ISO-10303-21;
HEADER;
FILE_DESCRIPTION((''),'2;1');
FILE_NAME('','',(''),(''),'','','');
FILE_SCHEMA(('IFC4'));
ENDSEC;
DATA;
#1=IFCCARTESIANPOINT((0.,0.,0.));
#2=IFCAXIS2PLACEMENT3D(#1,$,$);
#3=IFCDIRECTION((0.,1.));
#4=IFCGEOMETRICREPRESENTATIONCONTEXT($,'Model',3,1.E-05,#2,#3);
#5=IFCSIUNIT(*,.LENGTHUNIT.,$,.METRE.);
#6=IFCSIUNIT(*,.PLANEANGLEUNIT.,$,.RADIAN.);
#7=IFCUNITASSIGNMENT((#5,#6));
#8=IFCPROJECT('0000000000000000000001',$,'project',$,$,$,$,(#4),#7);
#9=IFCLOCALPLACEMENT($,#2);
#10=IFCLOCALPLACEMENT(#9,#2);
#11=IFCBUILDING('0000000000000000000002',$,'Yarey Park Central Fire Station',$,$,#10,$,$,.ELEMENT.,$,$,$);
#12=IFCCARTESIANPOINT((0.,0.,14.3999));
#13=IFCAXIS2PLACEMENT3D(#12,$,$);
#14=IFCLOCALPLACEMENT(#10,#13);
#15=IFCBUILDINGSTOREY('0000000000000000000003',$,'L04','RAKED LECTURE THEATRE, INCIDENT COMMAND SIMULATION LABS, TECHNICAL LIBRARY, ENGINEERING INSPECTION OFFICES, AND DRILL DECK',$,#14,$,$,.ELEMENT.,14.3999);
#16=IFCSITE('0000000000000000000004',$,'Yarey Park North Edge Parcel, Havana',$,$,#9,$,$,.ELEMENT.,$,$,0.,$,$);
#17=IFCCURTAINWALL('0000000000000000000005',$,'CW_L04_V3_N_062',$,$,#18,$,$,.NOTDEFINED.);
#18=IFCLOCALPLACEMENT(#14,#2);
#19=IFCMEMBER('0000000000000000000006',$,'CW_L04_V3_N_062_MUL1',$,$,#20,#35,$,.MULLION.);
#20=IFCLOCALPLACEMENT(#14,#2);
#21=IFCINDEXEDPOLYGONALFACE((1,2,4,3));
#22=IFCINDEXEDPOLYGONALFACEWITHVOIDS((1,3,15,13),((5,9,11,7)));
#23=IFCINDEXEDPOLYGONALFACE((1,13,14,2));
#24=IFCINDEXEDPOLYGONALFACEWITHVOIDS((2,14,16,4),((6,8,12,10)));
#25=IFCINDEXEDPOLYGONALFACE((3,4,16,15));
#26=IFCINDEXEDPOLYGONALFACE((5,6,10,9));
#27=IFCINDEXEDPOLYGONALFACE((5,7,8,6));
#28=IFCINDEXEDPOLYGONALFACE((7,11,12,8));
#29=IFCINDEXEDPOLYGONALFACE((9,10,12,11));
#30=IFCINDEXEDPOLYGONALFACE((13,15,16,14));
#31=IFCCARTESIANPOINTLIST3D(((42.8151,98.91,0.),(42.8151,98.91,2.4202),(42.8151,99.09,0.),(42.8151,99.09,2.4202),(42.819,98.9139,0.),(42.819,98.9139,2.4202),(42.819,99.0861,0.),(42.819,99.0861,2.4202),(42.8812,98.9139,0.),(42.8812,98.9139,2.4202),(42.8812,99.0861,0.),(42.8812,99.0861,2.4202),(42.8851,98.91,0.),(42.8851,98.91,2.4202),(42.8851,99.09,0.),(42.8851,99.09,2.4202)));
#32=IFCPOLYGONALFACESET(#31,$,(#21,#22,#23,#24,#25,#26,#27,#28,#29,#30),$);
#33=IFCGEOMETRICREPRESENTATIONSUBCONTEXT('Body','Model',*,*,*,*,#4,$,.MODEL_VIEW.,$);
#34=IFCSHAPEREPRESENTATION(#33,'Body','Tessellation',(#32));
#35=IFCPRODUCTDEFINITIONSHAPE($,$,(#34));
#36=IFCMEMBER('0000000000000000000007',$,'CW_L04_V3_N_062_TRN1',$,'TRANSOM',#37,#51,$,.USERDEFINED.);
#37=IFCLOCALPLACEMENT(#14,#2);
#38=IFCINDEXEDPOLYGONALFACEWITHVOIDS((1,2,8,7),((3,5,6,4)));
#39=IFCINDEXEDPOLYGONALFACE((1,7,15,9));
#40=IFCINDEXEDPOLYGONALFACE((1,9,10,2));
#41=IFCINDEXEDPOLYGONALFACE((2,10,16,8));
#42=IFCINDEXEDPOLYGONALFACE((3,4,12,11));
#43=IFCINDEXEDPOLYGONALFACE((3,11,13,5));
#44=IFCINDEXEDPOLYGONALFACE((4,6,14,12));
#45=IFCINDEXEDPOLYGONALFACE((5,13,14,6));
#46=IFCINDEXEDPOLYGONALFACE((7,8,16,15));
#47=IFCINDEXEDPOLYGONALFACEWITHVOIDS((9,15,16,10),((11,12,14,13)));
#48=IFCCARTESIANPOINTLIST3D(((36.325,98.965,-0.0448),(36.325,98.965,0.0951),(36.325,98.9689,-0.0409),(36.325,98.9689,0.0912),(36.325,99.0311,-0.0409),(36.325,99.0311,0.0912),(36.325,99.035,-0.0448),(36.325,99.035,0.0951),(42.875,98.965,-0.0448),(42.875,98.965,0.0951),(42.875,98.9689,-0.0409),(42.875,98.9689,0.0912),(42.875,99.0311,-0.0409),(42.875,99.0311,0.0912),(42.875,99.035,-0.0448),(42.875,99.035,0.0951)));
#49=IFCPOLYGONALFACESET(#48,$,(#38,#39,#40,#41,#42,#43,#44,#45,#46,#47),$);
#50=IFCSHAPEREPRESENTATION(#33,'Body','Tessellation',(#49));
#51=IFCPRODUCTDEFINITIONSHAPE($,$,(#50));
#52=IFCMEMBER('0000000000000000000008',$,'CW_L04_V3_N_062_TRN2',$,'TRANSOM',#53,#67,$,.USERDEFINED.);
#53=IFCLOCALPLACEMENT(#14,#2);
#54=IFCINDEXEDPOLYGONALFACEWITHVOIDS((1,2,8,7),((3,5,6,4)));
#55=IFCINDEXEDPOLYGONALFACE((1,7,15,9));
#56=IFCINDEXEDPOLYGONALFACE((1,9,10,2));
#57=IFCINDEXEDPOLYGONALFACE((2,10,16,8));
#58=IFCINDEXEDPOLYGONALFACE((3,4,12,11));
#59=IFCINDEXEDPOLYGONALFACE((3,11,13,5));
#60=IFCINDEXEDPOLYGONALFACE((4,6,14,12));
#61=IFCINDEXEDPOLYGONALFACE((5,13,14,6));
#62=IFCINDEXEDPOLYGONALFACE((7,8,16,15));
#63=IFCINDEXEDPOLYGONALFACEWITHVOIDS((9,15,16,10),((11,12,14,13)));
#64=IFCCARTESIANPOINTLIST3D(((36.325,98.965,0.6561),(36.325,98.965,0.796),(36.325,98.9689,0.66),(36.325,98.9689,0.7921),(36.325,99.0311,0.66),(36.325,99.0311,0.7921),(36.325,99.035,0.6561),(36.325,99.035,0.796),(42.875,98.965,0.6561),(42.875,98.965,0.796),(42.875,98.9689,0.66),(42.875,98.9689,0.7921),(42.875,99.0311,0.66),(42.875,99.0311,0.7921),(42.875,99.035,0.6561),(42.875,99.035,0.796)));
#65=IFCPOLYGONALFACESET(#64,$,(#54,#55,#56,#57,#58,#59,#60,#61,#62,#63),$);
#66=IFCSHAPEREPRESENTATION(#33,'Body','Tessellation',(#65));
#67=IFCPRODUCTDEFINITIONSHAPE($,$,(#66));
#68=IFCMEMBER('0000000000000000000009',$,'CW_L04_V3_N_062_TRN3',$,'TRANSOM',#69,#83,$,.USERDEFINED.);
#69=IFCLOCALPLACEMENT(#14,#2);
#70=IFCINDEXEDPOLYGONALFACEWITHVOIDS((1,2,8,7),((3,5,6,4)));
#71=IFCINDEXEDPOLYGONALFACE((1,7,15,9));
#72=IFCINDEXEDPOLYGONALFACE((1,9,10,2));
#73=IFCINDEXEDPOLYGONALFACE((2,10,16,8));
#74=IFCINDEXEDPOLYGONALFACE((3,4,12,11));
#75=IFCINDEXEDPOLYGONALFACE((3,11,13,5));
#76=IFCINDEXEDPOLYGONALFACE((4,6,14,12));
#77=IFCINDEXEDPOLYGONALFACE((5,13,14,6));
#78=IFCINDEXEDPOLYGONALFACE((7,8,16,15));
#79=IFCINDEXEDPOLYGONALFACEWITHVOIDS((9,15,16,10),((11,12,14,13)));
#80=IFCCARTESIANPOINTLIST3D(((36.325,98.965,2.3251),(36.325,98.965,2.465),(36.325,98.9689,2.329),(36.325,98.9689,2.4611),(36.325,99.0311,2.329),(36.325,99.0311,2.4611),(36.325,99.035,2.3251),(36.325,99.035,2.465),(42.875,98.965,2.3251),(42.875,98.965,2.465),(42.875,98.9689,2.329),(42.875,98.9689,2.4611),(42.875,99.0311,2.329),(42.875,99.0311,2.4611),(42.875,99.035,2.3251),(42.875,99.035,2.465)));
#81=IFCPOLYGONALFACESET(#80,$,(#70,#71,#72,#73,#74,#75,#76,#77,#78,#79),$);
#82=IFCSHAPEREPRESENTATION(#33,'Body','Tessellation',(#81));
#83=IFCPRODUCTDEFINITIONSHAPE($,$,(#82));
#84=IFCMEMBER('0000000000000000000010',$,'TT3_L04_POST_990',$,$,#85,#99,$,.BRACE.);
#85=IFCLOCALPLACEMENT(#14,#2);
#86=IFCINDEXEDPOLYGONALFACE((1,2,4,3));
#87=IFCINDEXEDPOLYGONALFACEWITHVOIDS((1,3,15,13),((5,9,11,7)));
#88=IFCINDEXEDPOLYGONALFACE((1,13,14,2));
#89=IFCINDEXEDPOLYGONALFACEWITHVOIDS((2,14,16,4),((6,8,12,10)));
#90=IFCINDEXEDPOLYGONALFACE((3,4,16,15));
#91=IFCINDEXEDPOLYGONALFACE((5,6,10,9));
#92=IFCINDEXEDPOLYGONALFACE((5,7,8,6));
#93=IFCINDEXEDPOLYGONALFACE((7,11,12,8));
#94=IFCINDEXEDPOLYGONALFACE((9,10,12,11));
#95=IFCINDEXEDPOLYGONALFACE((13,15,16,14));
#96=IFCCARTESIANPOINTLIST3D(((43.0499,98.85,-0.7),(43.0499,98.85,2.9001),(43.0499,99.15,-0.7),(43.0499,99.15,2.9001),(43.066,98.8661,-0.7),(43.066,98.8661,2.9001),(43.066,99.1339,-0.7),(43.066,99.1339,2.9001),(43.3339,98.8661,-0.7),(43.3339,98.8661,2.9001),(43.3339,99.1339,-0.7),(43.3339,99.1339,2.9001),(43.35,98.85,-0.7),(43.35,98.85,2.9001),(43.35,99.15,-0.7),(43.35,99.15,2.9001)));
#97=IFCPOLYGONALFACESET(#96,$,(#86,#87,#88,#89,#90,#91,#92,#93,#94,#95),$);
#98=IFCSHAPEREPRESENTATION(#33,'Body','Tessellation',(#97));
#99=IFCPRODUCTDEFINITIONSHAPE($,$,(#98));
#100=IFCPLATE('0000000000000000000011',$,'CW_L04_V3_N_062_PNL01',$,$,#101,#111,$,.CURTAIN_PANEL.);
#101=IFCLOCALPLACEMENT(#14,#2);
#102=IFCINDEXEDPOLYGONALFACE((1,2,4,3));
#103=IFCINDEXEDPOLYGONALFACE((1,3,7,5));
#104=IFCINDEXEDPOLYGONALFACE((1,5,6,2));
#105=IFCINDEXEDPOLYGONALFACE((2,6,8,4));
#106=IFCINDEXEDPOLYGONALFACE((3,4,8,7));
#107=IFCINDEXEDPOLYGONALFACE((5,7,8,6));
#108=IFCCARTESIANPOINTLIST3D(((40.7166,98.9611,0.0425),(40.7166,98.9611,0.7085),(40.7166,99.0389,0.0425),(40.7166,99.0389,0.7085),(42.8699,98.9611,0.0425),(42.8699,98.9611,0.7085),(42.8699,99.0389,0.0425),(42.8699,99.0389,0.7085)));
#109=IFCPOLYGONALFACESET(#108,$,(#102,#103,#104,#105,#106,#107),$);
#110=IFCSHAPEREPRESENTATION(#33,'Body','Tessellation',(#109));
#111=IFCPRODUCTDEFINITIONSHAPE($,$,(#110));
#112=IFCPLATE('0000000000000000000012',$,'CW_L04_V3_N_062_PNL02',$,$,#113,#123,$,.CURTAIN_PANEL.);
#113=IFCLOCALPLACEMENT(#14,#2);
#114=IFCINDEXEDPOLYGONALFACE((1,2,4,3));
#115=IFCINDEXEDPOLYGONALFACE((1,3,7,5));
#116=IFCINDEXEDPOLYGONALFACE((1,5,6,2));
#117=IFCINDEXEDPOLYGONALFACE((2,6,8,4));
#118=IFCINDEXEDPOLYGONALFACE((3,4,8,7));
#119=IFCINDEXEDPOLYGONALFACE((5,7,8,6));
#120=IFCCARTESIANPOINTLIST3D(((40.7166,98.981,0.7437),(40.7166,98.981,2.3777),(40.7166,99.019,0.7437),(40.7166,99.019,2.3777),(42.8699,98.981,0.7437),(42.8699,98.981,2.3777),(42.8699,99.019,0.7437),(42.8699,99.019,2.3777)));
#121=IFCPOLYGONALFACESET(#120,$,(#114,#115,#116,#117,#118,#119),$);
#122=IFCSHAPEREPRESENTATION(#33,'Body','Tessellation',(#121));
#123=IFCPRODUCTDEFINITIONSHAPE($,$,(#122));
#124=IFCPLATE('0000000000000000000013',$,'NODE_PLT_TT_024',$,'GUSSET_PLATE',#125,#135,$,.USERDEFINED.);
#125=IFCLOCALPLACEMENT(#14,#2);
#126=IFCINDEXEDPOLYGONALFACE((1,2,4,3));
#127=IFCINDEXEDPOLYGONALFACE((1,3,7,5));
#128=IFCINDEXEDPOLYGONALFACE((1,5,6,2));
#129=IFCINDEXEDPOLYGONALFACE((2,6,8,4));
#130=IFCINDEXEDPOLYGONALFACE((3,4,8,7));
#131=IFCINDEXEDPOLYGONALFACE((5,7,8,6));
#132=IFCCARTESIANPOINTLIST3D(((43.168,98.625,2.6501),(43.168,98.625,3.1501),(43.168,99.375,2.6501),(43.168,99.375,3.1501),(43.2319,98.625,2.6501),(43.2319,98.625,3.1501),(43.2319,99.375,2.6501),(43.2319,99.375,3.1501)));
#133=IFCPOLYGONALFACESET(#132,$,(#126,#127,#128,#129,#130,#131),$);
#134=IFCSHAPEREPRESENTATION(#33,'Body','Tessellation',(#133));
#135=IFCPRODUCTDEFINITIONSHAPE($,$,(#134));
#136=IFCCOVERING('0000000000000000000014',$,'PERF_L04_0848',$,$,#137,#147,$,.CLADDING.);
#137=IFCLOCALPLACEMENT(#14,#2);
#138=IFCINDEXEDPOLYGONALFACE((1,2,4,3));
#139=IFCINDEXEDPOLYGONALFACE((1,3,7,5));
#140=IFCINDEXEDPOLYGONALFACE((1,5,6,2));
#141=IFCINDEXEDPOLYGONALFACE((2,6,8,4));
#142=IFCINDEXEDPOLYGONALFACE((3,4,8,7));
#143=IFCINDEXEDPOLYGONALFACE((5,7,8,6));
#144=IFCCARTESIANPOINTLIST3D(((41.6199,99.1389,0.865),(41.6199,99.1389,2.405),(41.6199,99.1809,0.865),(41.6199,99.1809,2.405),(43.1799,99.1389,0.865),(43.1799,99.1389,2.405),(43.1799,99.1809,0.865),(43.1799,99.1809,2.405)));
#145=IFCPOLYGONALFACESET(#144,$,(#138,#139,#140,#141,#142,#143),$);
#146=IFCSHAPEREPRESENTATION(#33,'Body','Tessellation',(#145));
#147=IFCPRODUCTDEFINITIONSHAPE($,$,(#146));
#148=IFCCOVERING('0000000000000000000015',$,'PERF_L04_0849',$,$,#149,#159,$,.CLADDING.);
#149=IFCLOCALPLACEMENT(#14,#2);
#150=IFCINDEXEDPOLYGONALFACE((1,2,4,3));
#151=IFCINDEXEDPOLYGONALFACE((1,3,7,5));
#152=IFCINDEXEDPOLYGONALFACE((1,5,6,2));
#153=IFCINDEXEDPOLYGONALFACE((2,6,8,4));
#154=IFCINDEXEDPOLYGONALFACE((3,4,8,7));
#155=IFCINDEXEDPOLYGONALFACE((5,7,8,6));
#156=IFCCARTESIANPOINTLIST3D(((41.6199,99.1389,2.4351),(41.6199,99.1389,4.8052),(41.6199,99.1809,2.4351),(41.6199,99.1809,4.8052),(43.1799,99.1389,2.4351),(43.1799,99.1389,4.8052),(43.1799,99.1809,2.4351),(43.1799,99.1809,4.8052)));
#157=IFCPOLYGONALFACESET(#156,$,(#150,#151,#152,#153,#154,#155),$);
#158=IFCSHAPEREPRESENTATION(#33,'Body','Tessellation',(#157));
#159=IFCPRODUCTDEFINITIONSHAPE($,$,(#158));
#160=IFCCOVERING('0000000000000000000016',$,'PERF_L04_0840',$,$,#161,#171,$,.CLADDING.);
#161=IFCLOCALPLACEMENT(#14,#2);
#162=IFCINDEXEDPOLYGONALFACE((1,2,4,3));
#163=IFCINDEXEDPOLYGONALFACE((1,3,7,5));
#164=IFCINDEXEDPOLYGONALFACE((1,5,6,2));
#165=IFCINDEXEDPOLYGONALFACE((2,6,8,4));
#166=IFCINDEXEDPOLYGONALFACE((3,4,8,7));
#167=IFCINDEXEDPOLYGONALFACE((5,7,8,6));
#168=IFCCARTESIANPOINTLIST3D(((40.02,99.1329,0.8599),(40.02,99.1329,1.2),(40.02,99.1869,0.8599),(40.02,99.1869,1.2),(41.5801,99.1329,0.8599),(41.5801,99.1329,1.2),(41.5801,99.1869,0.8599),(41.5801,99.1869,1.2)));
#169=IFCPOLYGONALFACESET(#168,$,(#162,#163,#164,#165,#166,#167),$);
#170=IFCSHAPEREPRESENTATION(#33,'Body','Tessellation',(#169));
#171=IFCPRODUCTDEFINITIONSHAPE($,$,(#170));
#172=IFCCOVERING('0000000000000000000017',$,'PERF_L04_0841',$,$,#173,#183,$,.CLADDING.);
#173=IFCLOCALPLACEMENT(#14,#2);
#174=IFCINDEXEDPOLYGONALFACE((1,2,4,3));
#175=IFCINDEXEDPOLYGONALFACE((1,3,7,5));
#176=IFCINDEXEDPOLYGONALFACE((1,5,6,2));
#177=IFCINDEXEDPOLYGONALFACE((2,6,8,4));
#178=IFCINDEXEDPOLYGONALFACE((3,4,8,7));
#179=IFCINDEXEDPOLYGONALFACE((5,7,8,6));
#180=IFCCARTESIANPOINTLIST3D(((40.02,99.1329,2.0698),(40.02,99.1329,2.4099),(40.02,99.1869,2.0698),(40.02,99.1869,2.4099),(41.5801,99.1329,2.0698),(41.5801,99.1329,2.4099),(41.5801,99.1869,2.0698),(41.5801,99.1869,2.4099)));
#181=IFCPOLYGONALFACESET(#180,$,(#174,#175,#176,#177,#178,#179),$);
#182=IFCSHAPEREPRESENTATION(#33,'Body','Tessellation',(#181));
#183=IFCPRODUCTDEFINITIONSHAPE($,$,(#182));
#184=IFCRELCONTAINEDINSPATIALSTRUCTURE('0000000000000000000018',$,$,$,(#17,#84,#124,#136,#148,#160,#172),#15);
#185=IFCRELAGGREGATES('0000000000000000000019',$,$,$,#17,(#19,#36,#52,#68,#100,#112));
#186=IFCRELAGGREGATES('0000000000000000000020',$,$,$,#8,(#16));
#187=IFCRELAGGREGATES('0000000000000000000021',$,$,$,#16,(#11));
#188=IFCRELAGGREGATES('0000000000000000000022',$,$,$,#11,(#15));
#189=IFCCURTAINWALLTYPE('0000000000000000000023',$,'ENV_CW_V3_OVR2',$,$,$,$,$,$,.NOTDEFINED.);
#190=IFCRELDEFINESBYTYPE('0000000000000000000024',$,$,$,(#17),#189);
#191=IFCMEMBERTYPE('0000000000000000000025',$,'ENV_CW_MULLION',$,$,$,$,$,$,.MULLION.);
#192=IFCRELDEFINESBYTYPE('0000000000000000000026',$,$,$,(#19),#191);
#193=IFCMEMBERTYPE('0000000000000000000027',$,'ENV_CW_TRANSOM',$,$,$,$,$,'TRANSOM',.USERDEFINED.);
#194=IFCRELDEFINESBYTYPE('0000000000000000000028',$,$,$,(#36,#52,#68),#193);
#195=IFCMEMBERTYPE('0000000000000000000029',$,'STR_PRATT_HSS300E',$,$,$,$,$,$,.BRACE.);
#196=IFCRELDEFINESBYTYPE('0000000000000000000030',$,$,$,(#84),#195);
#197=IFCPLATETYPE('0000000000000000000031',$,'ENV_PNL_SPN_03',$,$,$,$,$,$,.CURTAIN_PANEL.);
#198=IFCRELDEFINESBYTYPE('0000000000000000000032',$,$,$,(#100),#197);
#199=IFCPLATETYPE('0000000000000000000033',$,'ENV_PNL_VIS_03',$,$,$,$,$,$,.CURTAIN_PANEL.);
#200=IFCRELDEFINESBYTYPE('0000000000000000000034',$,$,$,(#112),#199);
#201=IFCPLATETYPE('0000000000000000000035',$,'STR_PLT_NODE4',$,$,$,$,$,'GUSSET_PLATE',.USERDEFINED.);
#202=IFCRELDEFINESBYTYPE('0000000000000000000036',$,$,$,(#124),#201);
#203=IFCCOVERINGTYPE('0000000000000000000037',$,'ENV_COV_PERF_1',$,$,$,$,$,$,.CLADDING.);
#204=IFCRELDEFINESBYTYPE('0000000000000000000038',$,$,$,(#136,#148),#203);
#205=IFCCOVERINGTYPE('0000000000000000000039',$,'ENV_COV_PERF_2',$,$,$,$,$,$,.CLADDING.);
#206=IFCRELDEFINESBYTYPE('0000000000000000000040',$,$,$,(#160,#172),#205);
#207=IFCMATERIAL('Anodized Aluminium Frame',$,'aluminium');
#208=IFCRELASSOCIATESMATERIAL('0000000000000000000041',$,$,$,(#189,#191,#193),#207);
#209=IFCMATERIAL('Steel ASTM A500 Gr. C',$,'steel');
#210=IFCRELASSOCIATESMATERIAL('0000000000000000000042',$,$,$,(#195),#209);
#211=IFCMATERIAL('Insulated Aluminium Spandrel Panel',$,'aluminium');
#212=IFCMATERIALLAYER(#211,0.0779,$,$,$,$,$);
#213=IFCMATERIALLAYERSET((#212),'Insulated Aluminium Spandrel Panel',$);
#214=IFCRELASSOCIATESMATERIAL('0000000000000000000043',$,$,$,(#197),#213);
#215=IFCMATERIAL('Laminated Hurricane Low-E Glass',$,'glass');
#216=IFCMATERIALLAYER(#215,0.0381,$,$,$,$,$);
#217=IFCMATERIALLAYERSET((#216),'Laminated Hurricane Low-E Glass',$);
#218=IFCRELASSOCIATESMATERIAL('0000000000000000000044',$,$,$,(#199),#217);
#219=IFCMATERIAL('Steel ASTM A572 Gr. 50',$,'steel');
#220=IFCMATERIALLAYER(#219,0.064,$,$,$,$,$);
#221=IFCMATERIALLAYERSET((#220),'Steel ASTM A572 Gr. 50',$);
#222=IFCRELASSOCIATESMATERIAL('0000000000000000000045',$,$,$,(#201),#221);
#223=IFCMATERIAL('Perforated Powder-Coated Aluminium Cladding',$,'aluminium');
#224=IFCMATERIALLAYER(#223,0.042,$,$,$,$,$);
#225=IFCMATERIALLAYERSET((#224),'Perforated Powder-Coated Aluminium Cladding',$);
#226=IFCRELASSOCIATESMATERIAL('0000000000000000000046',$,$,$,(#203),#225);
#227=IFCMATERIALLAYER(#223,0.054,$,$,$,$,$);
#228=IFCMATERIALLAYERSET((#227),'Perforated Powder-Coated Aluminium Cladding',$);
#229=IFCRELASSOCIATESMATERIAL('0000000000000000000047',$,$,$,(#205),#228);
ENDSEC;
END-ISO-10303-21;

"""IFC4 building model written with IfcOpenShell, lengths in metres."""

from ifc_helpers import new_model, si_unit, direction, frame, origin, origin_2d, place, context, subcontext, project, spatial, rectangle, hollow_rectangle, extrude, material, layer, layer_set, material_profile, profile_set, type_object, element, aggregate, save


model = new_model("IFC4")

# Units and contexts
model_context = context("Model", 3, precision=1e-05, world=origin(), true_north=direction((0.0, 1.0)))
body_context = subcontext(model_context, "Body", "Model", "MODEL_VIEW")
ifc_project = project(units=[si_unit("LENGTHUNIT", "METRE"), si_unit("PLANEANGLEUNIT", "RADIAN")], contexts=[model_context])

# Site, building, storey
site_placement = place(None, origin())
site = spatial("IfcSite", under=ifc_project, at=site_placement, Name="Yarey Park North Edge Parcel, Havana", CompositionType="ELEMENT", RefElevation=0.0)
building_placement = place(site_placement, origin())
building = spatial("IfcBuilding", under=site, at=building_placement, Name="Yarey Park Central Fire Station", CompositionType="ELEMENT")
storey_placement = place(building_placement, frame((0.0, 0.0, 14.3999)))
storey = spatial("IfcBuildingStorey", under=building, at=storey_placement, Name="L04", Description="RAKED LECTURE THEATRE, INCIDENT COMMAND SIMULATION LABS, TECHNICAL LIBRARY, ENGINEERING INSPECTION OFFICES, AND DRILL DECK", CompositionType="ELEMENT", Elevation=14.3999)

# Curtain wall, members
ifc_material_1 = material(Name="Anodized Aluminium Frame", Category="aluminium")
curtain_wall_type = type_object("IfcCurtainWallType", Name="ENV_CW_V3_OVR2", PredefinedType="NOTDEFINED", material=ifc_material_1)
curtain_wall_placement = place(storey_placement, origin())
curtain_wall = element("IfcCurtainWall", 1, at=curtain_wall_placement, inside=storey, type_object=curtain_wall_type, Name="CW_L04_V3_N_062", PredefinedType="NOTDEFINED")
ifc_material_profile_1 = material_profile(ifc_material_1, hollow_rectangle(XDim=0.0701, YDim=0.1799, WallThickness=0.0039, at=origin_2d()), Name="ALU 180x70x4")
ifc_profile_set_1 = profile_set([ifc_material_profile_1], Name="Anodized Aluminium Frame")
member_type_1 = type_object("IfcMemberType", Name="ENV_CW_MULLION", PredefinedType="MULLION", material=ifc_profile_set_1)
member_1_placement = place(storey_placement, frame((42.8501, 99.0, 0.0), z_axis=(0.0, 0.0, 1.0), x_axis=(1.0, 0.0, 0.0)))
member_1 = element("IfcMember", 2, at=member_1_placement, type_object=member_type_1, Name="CW_L04_V3_N_062_MUL1", PredefinedType="MULLION", context=body_context, shape_type="SweptSolid", body=[
    extrude(hollow_rectangle(XDim=0.0701, YDim=0.1799, WallThickness=0.0039, at=origin_2d()), origin(), (0.0, 0.0, 1.0), 2.4202),
])
ifc_material_profile_2 = material_profile(ifc_material_1, hollow_rectangle(XDim=0.0701, YDim=0.1399, WallThickness=0.0039, at=origin_2d()), Name="ALU 140x70x4")
ifc_profile_set_2 = profile_set([ifc_material_profile_2], Name="Anodized Aluminium Frame")
member_type_2 = type_object("IfcMemberType", Name="ENV_CW_TRANSOM", ElementType="TRANSOM", PredefinedType="USERDEFINED", material=ifc_profile_set_2)
member_2_placement = place(storey_placement, frame((42.875, 99.0, 0.0251), z_axis=(-1.0, 0.0, 0.0), x_axis=(0.0, -1.0, 0.0)))
member_2 = element("IfcMember", 3, at=member_2_placement, type_object=member_type_2, Name="CW_L04_V3_N_062_TRN1", ObjectType="TRANSOM", PredefinedType="USERDEFINED", context=body_context, shape_type="SweptSolid", body=[
    extrude(hollow_rectangle(XDim=0.0701, YDim=0.1399, WallThickness=0.0039, at=origin_2d()), origin(), (0.0, 0.0, 1.0), 6.55),
])
member_3_placement = place(storey_placement, frame((42.875, 99.0, 0.7261), z_axis=(-1.0, 0.0, 0.0), x_axis=(0.0, -1.0, 0.0)))
member_3 = element("IfcMember", 4, at=member_3_placement, type_object=member_type_2, Name="CW_L04_V3_N_062_TRN2", ObjectType="TRANSOM", PredefinedType="USERDEFINED", context=body_context, shape_type="SweptSolid", body=[
    extrude(hollow_rectangle(XDim=0.0701, YDim=0.1399, WallThickness=0.0039, at=origin_2d()), origin(), (0.0, 0.0, 1.0), 6.55),
])
member_4_placement = place(storey_placement, frame((42.875, 99.0, 2.395), z_axis=(-1.0, 0.0, 0.0), x_axis=(0.0, -1.0, 0.0)))
member_4 = element("IfcMember", 5, at=member_4_placement, type_object=member_type_2, Name="CW_L04_V3_N_062_TRN3", ObjectType="TRANSOM", PredefinedType="USERDEFINED", context=body_context, shape_type="SweptSolid", body=[
    extrude(hollow_rectangle(XDim=0.0701, YDim=0.1399, WallThickness=0.0039, at=origin_2d()), origin(), (0.0, 0.0, 1.0), 6.55),
])

# Member
ifc_material_2 = material(Name="Steel ASTM A500 Gr. C", Category="steel")
ifc_material_profile_3 = material_profile(ifc_material_2, hollow_rectangle(XDim=0.3, YDim=0.3, WallThickness=0.0161, at=origin_2d()), Name="HSS 300x300x16")
ifc_profile_set_3 = profile_set([ifc_material_profile_3], Name="Steel ASTM A500 Gr. C")
member_type_3 = type_object("IfcMemberType", Name="STR_PRATT_HSS300E", PredefinedType="BRACE", material=ifc_profile_set_3)
member_5_placement = place(storey_placement, frame((43.2, 99.0, -0.7), z_axis=(0.0, 0.0, 1.0), x_axis=(1.0, 0.0, 0.0)))
element("IfcMember", 6, at=member_5_placement, inside=storey, type_object=member_type_3, Name="TT3_L04_POST_990", PredefinedType="BRACE", context=body_context, shape_type="SweptSolid", body=[
    extrude(hollow_rectangle(XDim=0.3, YDim=0.3, WallThickness=0.0161, at=origin_2d()), origin(), (0.0, 0.0, 1.0), 3.6001),
])

# Plates
ifc_material_3 = material(Name="Insulated Aluminium Spandrel Panel", Category="aluminium")
ifc_layer_1 = layer(ifc_material_3, 0.0779)
ifc_layer_set_1 = layer_set([ifc_layer_1], Name="Insulated Aluminium Spandrel Panel")
plate_type_1 = type_object("IfcPlateType", Name="ENV_PNL_SPN_03", PredefinedType="CURTAIN_PANEL", material=ifc_layer_set_1)
plate_1_placement = place(storey_placement, frame((41.7932, 99.0, 0.0425), z_axis=(0.0, 0.0, 1.0), x_axis=(-1.0, 0.0, 0.0)))
plate_1 = element("IfcPlate", 7, at=plate_1_placement, type_object=plate_type_1, Name="CW_L04_V3_N_062_PNL01", PredefinedType="CURTAIN_PANEL", context=body_context, shape_type="SweptSolid", body=[
    extrude(rectangle(XDim=2.1533, YDim=0.0779, at=origin_2d()), origin(), (0.0, 0.0, 1.0), 0.666),
])
ifc_material_4 = material(Name="Laminated Hurricane Low-E Glass", Category="glass")
ifc_layer_2 = layer(ifc_material_4, 0.0381)
ifc_layer_set_2 = layer_set([ifc_layer_2], Name="Laminated Hurricane Low-E Glass")
plate_type_2 = type_object("IfcPlateType", Name="ENV_PNL_VIS_03", PredefinedType="CURTAIN_PANEL", material=ifc_layer_set_2)
plate_2_placement = place(storey_placement, frame((41.7932, 99.0, 0.7437), z_axis=(0.0, 0.0, 1.0), x_axis=(-1.0, 0.0, 0.0)))
plate_2 = element("IfcPlate", 8, at=plate_2_placement, type_object=plate_type_2, Name="CW_L04_V3_N_062_PNL02", PredefinedType="CURTAIN_PANEL", context=body_context, shape_type="SweptSolid", body=[
    extrude(rectangle(XDim=2.1533, YDim=0.0381, at=origin_2d()), origin(), (0.0, 0.0, 1.0), 1.634),
])
aggregate(curtain_wall, [member_1, member_2, member_3, member_4, plate_1, plate_2])
ifc_material_5 = material(Name="Steel ASTM A572 Gr. 50", Category="steel")
ifc_layer_3 = layer(ifc_material_5, 0.064)
ifc_layer_set_3 = layer_set([ifc_layer_3], Name="Steel ASTM A572 Gr. 50")
plate_type_3 = type_object("IfcPlateType", Name="STR_PLT_NODE4", ElementType="GUSSET_PLATE", PredefinedType="USERDEFINED", material=ifc_layer_set_3)
plate_3_placement = place(storey_placement, frame((43.2, 99.0, 2.6501), z_axis=(0.0, 0.0, 1.0), x_axis=(1.0, 0.0, 0.0)))
element("IfcPlate", 9, at=plate_3_placement, inside=storey, type_object=plate_type_3, Name="NODE_PLT_TT_024", ObjectType="GUSSET_PLATE", PredefinedType="USERDEFINED", context=body_context, shape_type="SweptSolid", body=[
    extrude(rectangle(XDim=0.064, YDim=0.75, at=origin_2d()), origin(), (0.0, 0.0, 1.0), 0.5),
])

# Coverings
ifc_material_6 = material(Name="Perforated Powder-Coated Aluminium Cladding", Category="aluminium")
ifc_layer_4 = layer(ifc_material_6, 0.042)
ifc_layer_set_4 = layer_set([ifc_layer_4], Name="Perforated Powder-Coated Aluminium Cladding")
covering_type_1 = type_object("IfcCoveringType", Name="ENV_COV_PERF_1", PredefinedType="CLADDING", material=ifc_layer_set_4)
covering_1_placement = place(storey_placement, frame((42.3999, 99.1599, 0.865), z_axis=(0.0, 0.0, 1.0), x_axis=(1.0, 0.0, 0.0)))
element("IfcCovering", 10, at=covering_1_placement, inside=storey, type_object=covering_type_1, Name="PERF_L04_0848", PredefinedType="CLADDING", context=body_context, shape_type="SweptSolid", body=[
    extrude(rectangle(XDim=1.5601, YDim=0.042, at=origin_2d()), origin(), (0.0, 0.0, 1.0), 1.54),
])
covering_2_placement = place(storey_placement, frame((42.3999, 99.1599, 2.4351), z_axis=(0.0, 0.0, 1.0), x_axis=(1.0, 0.0, 0.0)))
element("IfcCovering", 11, at=covering_2_placement, inside=storey, type_object=covering_type_1, Name="PERF_L04_0849", PredefinedType="CLADDING", context=body_context, shape_type="SweptSolid", body=[
    extrude(rectangle(XDim=1.5601, YDim=0.042, at=origin_2d()), origin(), (0.0, 0.0, 1.0), 2.3701),
])
ifc_layer_5 = layer(ifc_material_6, 0.054)
ifc_layer_set_5 = layer_set([ifc_layer_5], Name="Perforated Powder-Coated Aluminium Cladding")
covering_type_2 = type_object("IfcCoveringType", Name="ENV_COV_PERF_2", PredefinedType="CLADDING", material=ifc_layer_set_5)
for number, where, z_axis, x_axis, name in (
    (12, (40.8, 99.1599, 0.8599), (0.0, 0.0, 1.0), (1.0, 0.0, 0.0), "PERF_L04_0840"),
    (13, (40.8, 99.1599, 2.0698), (0.0, 0.0, 1.0), (1.0, 0.0, 0.0), "PERF_L04_0841"),
):
    element("IfcCovering", number, at=place(storey_placement, frame(where, z_axis=z_axis, x_axis=x_axis)), inside=storey, type_object=covering_type_2, Name=name, PredefinedType="CLADDING", context=body_context, shape_type="SweptSolid", body=[
        extrude(rectangle(XDim=1.5601, YDim=0.054, at=origin_2d()), origin(), (0.0, 0.0, 1.0), 0.3401),
    ])

save(model, "model.ifc")
